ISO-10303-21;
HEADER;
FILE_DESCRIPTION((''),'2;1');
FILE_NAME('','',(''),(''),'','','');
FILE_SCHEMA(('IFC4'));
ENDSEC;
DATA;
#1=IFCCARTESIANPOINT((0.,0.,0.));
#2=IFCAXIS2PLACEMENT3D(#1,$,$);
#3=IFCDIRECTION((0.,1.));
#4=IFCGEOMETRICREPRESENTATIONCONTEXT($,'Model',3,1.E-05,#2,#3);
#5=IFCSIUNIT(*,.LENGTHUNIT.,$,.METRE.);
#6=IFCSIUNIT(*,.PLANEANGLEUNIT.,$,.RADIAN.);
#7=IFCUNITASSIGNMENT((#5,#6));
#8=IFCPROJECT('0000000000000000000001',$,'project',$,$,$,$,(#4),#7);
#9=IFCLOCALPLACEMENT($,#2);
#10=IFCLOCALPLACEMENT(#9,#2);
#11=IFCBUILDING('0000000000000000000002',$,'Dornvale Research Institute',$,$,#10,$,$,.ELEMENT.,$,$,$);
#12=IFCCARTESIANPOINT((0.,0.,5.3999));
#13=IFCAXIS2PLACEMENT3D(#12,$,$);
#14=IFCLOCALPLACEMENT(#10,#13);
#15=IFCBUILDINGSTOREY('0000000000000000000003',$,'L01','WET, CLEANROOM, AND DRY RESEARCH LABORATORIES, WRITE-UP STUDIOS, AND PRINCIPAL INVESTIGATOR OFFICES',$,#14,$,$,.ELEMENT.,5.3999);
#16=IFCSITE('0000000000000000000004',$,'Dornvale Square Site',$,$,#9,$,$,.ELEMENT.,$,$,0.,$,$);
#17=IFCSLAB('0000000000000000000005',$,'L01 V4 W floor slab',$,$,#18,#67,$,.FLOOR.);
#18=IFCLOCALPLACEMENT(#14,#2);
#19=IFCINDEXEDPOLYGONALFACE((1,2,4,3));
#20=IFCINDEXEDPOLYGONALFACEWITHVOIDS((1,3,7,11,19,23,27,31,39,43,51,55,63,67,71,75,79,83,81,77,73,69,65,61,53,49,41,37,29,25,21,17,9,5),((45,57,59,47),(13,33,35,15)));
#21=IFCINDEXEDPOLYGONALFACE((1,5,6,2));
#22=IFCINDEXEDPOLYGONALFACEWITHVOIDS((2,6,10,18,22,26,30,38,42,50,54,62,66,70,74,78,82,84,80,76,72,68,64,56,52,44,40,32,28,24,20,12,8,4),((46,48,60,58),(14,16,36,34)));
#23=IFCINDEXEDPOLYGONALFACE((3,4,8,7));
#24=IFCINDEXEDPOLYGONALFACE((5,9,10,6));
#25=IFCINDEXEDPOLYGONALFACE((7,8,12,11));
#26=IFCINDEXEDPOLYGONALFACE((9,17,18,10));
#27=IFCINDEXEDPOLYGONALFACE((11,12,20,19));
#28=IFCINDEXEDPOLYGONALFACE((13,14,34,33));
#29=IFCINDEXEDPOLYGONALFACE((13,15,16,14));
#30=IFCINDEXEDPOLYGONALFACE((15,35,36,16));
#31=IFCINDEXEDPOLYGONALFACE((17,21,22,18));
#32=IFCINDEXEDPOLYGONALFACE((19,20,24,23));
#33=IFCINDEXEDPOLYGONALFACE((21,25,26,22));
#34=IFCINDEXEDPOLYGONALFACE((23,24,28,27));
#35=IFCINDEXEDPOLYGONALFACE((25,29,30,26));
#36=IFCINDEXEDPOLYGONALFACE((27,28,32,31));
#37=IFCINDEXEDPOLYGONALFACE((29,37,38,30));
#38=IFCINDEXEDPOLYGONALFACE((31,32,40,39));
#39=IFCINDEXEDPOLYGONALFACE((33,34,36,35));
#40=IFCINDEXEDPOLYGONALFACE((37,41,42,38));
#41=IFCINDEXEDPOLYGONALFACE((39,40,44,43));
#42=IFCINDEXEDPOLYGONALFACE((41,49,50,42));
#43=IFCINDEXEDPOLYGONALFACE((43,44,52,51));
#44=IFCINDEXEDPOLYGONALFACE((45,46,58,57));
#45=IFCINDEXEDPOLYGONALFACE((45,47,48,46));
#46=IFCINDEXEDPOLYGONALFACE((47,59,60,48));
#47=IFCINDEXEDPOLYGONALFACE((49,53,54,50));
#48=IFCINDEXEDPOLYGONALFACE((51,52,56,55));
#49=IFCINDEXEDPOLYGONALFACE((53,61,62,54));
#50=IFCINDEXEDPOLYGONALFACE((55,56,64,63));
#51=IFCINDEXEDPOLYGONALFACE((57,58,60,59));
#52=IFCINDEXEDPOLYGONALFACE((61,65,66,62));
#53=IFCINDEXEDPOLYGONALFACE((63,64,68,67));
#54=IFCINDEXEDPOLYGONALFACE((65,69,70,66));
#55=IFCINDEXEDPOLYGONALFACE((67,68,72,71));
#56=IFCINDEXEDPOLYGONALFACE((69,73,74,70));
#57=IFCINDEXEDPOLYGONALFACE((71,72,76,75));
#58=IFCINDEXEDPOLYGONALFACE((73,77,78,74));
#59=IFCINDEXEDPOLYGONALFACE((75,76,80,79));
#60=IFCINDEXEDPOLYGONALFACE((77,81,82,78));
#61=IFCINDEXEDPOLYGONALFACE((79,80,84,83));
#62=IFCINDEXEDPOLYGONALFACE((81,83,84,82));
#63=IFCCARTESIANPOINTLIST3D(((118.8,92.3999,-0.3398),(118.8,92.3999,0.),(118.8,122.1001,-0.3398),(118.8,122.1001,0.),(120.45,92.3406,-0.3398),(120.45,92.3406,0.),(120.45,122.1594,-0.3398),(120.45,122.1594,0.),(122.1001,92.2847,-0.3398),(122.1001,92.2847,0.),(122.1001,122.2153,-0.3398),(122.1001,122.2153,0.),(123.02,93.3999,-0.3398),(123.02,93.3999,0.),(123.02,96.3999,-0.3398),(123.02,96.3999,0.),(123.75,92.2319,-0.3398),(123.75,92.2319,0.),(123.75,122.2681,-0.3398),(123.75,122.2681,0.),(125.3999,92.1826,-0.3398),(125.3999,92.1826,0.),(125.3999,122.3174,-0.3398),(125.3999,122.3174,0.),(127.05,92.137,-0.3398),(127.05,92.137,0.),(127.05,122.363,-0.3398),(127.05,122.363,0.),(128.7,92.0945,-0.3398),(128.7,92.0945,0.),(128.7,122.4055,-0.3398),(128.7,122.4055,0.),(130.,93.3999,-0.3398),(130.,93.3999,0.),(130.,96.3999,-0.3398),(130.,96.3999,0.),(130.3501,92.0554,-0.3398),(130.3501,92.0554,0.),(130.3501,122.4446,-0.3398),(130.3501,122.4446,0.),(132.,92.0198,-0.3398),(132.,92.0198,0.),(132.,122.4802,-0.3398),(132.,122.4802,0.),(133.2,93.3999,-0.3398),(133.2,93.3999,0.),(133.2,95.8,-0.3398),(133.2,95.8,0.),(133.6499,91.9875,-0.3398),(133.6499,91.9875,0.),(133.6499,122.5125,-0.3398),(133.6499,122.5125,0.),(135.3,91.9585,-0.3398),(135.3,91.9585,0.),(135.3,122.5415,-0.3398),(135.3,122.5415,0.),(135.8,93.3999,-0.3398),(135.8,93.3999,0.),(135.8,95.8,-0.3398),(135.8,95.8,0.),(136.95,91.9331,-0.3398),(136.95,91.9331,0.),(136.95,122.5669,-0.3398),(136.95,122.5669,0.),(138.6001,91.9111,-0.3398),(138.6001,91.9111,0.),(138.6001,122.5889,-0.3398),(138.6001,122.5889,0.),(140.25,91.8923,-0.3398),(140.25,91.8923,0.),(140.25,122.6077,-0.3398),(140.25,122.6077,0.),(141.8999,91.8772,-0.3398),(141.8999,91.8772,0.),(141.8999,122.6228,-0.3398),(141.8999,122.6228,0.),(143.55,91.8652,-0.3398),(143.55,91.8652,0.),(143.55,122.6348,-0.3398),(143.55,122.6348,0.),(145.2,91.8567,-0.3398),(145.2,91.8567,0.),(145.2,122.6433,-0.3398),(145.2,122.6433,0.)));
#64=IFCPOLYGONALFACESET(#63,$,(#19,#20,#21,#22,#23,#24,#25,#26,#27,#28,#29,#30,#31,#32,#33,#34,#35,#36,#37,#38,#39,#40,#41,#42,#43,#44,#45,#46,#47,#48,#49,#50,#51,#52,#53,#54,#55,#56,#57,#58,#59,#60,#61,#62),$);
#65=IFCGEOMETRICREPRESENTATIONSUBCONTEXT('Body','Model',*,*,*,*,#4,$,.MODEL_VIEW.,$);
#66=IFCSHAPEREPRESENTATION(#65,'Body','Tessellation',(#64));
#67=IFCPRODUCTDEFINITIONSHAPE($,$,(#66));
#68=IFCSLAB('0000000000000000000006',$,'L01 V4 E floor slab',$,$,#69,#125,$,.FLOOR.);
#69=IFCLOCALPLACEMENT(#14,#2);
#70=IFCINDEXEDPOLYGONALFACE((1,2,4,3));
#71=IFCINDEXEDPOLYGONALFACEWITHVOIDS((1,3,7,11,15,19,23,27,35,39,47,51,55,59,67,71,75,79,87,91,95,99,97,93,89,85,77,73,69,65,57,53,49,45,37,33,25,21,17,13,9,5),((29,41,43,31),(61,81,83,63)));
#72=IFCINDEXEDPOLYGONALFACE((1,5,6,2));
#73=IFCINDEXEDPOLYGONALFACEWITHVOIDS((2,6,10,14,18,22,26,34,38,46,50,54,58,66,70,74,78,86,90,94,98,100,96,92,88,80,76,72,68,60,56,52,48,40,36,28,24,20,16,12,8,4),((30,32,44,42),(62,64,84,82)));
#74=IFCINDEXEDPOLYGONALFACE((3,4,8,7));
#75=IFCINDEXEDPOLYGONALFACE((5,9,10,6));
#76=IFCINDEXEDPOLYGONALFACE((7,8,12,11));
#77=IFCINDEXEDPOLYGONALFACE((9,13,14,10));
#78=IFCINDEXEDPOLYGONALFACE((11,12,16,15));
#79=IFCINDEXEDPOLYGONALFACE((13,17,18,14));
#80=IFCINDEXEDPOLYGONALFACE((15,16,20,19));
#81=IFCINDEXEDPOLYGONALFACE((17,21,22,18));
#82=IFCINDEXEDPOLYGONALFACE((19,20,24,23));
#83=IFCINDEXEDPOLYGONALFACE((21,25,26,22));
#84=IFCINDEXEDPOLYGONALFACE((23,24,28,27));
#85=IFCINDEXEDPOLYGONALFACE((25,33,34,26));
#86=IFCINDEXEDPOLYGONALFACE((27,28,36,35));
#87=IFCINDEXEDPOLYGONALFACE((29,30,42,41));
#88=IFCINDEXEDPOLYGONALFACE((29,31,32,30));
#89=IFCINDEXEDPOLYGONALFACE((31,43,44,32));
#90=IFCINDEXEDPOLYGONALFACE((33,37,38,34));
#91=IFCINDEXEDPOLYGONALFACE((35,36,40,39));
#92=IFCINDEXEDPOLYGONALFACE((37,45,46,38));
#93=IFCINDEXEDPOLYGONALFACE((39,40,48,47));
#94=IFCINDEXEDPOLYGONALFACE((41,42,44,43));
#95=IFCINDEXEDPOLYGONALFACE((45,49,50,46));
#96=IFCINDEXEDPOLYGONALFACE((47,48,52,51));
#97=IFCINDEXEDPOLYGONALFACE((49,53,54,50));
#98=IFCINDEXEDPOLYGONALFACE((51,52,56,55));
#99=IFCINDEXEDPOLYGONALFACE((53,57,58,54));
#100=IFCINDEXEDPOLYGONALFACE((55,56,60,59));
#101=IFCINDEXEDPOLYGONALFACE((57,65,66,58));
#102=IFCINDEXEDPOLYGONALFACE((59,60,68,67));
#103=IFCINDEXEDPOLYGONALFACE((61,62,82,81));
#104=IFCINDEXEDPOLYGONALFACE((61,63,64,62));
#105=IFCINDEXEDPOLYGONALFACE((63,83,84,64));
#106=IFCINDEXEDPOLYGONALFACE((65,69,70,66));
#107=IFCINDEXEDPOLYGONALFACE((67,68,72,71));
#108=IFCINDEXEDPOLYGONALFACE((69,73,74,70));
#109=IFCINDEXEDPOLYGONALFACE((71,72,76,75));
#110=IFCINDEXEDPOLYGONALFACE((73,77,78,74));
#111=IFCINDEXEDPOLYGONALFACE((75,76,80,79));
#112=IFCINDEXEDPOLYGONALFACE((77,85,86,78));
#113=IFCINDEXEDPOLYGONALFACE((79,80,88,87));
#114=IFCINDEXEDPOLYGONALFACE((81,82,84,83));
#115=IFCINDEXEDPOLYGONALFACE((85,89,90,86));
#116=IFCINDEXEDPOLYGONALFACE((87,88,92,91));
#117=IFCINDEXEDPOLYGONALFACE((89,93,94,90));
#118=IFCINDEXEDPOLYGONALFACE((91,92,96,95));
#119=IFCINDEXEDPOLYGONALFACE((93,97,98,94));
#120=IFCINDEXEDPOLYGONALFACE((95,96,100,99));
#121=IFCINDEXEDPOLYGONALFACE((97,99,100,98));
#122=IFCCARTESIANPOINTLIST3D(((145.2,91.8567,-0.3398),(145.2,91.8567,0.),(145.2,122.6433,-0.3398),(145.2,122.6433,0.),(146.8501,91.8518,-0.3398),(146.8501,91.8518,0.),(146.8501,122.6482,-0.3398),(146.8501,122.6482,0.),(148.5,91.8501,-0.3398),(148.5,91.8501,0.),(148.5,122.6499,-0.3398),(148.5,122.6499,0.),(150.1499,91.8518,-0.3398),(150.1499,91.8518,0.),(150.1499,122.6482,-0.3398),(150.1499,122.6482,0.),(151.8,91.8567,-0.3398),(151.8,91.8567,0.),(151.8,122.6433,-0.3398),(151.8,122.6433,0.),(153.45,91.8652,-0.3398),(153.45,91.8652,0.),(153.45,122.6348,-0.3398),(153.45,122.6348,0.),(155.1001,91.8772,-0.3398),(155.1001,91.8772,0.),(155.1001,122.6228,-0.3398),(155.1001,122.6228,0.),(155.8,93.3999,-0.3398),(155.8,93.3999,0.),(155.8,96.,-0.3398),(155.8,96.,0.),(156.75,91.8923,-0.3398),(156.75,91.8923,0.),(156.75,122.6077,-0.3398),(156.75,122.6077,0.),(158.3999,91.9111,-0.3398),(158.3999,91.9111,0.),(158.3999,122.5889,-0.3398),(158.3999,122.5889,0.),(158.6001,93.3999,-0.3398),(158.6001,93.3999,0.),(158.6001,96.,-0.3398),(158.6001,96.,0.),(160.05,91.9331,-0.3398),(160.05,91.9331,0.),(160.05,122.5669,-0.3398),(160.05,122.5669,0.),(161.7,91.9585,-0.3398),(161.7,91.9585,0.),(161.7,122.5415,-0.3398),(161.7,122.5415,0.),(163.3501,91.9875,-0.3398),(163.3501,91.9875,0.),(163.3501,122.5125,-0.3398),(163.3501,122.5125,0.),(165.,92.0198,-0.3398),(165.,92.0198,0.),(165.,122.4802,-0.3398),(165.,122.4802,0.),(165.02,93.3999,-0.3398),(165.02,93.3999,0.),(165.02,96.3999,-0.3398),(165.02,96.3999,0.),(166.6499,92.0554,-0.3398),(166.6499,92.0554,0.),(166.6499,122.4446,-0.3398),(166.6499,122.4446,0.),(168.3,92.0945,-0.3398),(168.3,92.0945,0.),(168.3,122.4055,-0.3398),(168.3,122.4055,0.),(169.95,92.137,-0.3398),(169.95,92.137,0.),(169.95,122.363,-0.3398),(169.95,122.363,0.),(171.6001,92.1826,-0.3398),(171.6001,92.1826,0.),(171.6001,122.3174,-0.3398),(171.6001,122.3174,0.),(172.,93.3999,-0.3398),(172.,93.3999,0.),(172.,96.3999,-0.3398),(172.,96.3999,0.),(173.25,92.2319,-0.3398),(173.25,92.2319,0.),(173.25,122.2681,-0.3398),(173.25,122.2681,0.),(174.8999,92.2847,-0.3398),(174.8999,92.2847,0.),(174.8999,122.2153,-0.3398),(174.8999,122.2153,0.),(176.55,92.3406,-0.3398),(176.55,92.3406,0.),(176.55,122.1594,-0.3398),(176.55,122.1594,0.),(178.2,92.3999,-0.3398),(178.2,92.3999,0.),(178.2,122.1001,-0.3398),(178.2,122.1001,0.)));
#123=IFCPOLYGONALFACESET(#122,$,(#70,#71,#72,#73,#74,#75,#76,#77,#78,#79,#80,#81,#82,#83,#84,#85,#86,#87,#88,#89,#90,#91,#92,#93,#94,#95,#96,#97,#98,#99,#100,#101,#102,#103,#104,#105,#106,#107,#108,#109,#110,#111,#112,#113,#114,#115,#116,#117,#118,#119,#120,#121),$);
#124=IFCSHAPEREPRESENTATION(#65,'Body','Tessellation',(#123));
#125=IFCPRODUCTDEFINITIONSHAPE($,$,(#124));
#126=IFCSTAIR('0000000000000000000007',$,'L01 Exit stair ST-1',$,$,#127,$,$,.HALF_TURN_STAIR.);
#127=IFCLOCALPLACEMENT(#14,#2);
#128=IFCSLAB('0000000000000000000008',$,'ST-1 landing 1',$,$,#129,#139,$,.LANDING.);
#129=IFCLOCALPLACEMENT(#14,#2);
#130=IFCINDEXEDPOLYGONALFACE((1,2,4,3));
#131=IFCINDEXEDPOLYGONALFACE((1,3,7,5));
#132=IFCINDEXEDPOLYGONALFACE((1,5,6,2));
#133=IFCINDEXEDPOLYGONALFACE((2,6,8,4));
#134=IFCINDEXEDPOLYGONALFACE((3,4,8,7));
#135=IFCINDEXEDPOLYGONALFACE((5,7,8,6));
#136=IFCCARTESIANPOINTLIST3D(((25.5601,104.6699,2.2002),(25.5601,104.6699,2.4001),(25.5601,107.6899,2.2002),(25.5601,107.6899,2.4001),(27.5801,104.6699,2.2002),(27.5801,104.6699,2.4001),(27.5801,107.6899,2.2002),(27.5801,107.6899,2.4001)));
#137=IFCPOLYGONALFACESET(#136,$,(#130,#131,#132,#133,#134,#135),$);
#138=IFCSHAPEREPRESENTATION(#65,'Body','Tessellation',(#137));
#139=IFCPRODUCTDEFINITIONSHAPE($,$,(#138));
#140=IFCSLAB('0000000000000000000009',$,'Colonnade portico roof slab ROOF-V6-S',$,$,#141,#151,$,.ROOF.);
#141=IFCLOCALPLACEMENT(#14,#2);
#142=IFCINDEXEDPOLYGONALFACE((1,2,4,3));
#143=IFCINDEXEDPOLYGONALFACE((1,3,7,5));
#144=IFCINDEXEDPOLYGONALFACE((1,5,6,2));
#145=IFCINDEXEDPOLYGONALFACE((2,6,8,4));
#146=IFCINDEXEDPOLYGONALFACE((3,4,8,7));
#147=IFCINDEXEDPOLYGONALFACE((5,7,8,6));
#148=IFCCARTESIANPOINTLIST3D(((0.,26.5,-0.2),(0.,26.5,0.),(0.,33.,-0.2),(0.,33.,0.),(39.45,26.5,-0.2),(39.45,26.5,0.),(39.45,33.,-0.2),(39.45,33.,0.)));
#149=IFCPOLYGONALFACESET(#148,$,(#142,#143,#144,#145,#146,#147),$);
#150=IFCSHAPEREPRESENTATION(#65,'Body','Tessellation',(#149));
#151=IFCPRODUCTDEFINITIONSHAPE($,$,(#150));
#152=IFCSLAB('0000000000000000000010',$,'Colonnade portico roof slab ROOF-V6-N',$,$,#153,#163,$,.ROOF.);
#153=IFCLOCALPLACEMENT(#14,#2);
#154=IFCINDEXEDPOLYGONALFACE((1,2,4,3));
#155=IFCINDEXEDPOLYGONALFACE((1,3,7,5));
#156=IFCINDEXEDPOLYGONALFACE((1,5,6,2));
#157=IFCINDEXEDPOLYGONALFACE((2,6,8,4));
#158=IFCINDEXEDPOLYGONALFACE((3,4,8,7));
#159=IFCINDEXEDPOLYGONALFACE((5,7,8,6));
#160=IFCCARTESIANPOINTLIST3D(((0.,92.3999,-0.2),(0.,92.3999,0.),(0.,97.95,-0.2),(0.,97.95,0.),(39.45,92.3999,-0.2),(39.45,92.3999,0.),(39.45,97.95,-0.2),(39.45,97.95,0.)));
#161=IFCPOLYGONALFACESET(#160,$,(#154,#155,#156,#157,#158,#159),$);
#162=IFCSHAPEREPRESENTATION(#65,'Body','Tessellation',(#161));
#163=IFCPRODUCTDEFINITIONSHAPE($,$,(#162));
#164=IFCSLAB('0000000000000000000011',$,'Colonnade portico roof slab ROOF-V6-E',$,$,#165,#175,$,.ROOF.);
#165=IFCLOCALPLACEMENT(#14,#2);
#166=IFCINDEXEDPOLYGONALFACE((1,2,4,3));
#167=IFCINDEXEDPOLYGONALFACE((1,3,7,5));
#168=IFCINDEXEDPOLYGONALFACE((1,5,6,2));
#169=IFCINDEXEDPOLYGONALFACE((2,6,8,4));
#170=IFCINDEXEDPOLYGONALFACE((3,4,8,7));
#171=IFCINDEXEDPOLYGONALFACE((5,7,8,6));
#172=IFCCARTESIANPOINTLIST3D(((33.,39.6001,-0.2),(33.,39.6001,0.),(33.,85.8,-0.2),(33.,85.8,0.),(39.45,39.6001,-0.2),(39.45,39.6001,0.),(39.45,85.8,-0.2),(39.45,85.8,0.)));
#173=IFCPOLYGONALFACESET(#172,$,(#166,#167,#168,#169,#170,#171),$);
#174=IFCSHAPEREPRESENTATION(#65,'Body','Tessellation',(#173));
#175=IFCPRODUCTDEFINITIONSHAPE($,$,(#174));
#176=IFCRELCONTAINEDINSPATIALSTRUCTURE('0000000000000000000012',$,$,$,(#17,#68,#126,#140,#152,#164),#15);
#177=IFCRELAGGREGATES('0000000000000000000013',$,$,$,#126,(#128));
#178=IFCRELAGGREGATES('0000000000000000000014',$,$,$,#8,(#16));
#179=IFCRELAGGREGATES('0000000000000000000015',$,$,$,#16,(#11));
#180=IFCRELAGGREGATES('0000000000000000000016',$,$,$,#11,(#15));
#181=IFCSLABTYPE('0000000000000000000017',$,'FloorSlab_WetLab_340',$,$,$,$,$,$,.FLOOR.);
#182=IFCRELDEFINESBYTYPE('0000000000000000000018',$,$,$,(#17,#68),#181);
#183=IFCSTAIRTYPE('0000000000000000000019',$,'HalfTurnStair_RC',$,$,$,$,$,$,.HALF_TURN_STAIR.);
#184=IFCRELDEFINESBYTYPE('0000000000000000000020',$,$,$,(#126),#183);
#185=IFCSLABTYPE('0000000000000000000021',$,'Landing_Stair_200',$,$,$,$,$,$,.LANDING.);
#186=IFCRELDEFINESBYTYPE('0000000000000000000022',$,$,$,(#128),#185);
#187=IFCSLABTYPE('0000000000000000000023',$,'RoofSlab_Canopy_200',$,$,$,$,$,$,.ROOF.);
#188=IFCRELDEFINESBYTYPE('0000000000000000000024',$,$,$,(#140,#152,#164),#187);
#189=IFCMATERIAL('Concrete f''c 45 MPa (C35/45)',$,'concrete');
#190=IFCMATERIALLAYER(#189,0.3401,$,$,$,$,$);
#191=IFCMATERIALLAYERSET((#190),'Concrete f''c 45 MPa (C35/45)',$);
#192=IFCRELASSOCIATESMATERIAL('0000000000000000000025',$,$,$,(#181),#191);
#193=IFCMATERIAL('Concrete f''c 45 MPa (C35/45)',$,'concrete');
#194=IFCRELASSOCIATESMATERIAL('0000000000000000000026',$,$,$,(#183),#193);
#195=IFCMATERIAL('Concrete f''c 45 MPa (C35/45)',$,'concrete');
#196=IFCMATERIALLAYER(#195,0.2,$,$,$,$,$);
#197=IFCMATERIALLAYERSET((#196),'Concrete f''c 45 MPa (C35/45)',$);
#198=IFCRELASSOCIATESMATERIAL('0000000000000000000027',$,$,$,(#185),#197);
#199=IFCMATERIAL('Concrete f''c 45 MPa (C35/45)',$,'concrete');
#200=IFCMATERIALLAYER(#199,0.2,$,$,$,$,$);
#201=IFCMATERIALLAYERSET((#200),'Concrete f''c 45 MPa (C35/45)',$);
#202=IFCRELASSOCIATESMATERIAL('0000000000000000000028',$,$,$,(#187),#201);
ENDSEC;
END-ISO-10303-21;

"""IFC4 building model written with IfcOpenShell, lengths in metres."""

from ifc_helpers import new_model, si_unit, direction, frame, origin, place, context, subcontext, project, spatial, polyline, outline, extrude, material, layer, layer_set, type_object, element, aggregate, save


model = new_model("IFC4")

# Units and contexts
model_context = context("Model", 3, precision=1e-05, world=origin(), true_north=direction((0.0, 1.0)))
body_context = subcontext(model_context, "Body", "Model", "MODEL_VIEW")
ifc_project = project(units=[si_unit("LENGTHUNIT", "METRE"), si_unit("PLANEANGLEUNIT", "RADIAN")], contexts=[model_context])

# Site, building, storey
site_placement = place(None, origin())
site = spatial("IfcSite", under=ifc_project, at=site_placement, Name="Dornvale Square Site", CompositionType="ELEMENT", RefElevation=0.0)
building_placement = place(site_placement, origin())
building = spatial("IfcBuilding", under=site, at=building_placement, Name="Dornvale Research Institute", CompositionType="ELEMENT")
storey_placement = place(building_placement, frame((0.0, 0.0, 5.3999)))
storey = spatial("IfcBuildingStorey", under=building, at=storey_placement, Name="L01", Description="WET, CLEANROOM, AND DRY RESEARCH LABORATORIES, WRITE-UP STUDIOS, AND PRINCIPAL INVESTIGATOR OFFICES", CompositionType="ELEMENT", Elevation=5.3999)

# Slabs
ifc_material_1 = material(Name="Concrete f'c 45 MPa (C35/45)", Category="concrete")
ifc_layer_1 = layer(ifc_material_1, 0.3401)
ifc_layer_set_1 = layer_set([ifc_layer_1], Name="Concrete f'c 45 MPa (C35/45)")
slab_type_1 = type_object("IfcSlabType", Name="FloorSlab_WetLab_340", PredefinedType="FLOOR", material=ifc_layer_set_1)
slab_1_placement = place(storey_placement, frame((0.0, 0.0, -0.3398)))
element("IfcSlab", 1, at=slab_1_placement, inside=storey, type_object=slab_type_1, Name="L01 V4 W floor slab", PredefinedType="FLOOR", context=body_context, shape_type="SweptSolid", body=[
    extrude(outline(polyline([(143.55, 91.8652), (141.8999, 91.8772), (140.25, 91.8923), (138.6001, 91.9111), (136.95, 91.9331), (135.3, 91.9585), (133.6499, 91.9875), (132.0, 92.0198), (130.3501, 92.0554), (128.7, 92.0945), (127.05, 92.137), (125.3999, 92.1826), (123.75, 92.2319), (122.1001, 92.2847), (120.45, 92.3406), (118.8, 92.3999), (118.8, 122.1001), (120.45, 122.1594), (122.1001, 122.2153), (123.75, 122.2681), (125.3999, 122.3174), (127.05, 122.363), (128.7, 122.4055), (130.3501, 122.4446), (132.0, 122.4802), (133.6499, 122.5125), (135.3, 122.5415), (136.95, 122.5669), (138.6001, 122.5889), (140.25, 122.6077), (141.8999, 122.6228), (143.55, 122.6348), (145.2, 122.6433), (145.2, 91.8567), (143.55, 91.8652)]), holes=[polyline([(123.02, 93.3999), (130.0, 93.3999), (130.0, 96.3999), (123.02, 96.3999), (123.02, 93.3999)]), polyline([(133.2, 93.3999), (135.8, 93.3999), (135.8, 95.8), (133.2, 95.8), (133.2, 93.3999)])]), origin(), (0.0, 0.0, 1.0), 0.3398),
])
slab_2_placement = place(storey_placement, frame((0.0, 0.0, -0.3398)))
element("IfcSlab", 2, at=slab_2_placement, inside=storey, type_object=slab_type_1, Name="L01 V4 E floor slab", PredefinedType="FLOOR", context=body_context, shape_type="SweptSolid", body=[
    extrude(outline(polyline([(146.8501, 122.6482), (148.5, 122.6499), (150.1499, 122.6482), (151.8, 122.6433), (153.45, 122.6348), (155.1001, 122.6228), (156.75, 122.6077), (158.3999, 122.5889), (160.05, 122.5669), (161.7, 122.5415), (163.3501, 122.5125), (165.0, 122.4802), (166.6499, 122.4446), (168.3, 122.4055), (169.95, 122.363), (171.6001, 122.3174), (173.25, 122.2681), (174.8999, 122.2153), (176.55, 122.1594), (178.2, 122.1001), (178.2, 92.3999), (176.55, 92.3406), (174.8999, 92.2847), (173.25, 92.2319), (171.6001, 92.1826), (169.95, 92.137), (168.3, 92.0945), (166.6499, 92.0554), (165.0, 92.0198), (163.3501, 91.9875), (161.7, 91.9585), (160.05, 91.9331), (158.3999, 91.9111), (156.75, 91.8923), (155.1001, 91.8772), (153.45, 91.8652), (151.8, 91.8567), (150.1499, 91.8518), (148.5, 91.8501), (146.8501, 91.8518), (145.2, 91.8567), (145.2, 122.6433), (146.8501, 122.6482)]), holes=[polyline([(165.02, 93.3999), (172.0, 93.3999), (172.0, 96.3999), (165.02, 96.3999), (165.02, 93.3999)]), polyline([(155.8, 93.3999), (158.6001, 93.3999), (158.6001, 96.0), (155.8, 96.0), (155.8, 93.3999)])]), origin(), (0.0, 0.0, 1.0), 0.3398),
])

# Stair, slab
ifc_material_2 = material(Name="Concrete f'c 45 MPa (C35/45)", Category="concrete")
stair_type = type_object("IfcStairType", Name="HalfTurnStair_RC", PredefinedType="HALF_TURN_STAIR", material=ifc_material_2)
stair_placement = place(storey_placement, origin())
stair = element("IfcStair", 3, at=stair_placement, inside=storey, type_object=stair_type, Name="L01 Exit stair ST-1", PredefinedType="HALF_TURN_STAIR")
ifc_material_3 = material(Name="Concrete f'c 45 MPa (C35/45)", Category="concrete")
ifc_layer_2 = layer(ifc_material_3, 0.2)
ifc_layer_set_2 = layer_set([ifc_layer_2], Name="Concrete f'c 45 MPa (C35/45)")
slab_type_2 = type_object("IfcSlabType", Name="Landing_Stair_200", PredefinedType="LANDING", material=ifc_layer_set_2)
slab_3_placement = place(storey_placement, frame((0.0, 0.0, 2.2002)))
slab_3 = element("IfcSlab", 4, at=slab_3_placement, type_object=slab_type_2, Name="ST-1 landing 1", PredefinedType="LANDING", context=body_context, shape_type="SweptSolid", body=[
    extrude(outline(polyline([(25.5601, 104.6699), (25.5601, 107.6899), (27.5801, 107.6899), (27.5801, 104.6699), (25.5601, 104.6699)])), origin(), (0.0, 0.0, 1.0), 0.2),
])
aggregate(stair, [slab_3])

# Slabs
ifc_material_4 = material(Name="Concrete f'c 45 MPa (C35/45)", Category="concrete")
ifc_layer_3 = layer(ifc_material_4, 0.2)
ifc_layer_set_3 = layer_set([ifc_layer_3], Name="Concrete f'c 45 MPa (C35/45)")
slab_type_3 = type_object("IfcSlabType", Name="RoofSlab_Canopy_200", PredefinedType="ROOF", material=ifc_layer_set_3)
slab_4_placement = place(storey_placement, frame((0.0, 0.0, -0.2)))
element("IfcSlab", 5, at=slab_4_placement, inside=storey, type_object=slab_type_3, Name="Colonnade portico roof slab ROOF-V6-S", PredefinedType="ROOF", context=body_context, shape_type="SweptSolid", body=[
    extrude(outline(polyline([(0.0, 26.5), (39.45, 26.5), (39.45, 33.0), (0.0, 33.0), (0.0, 26.5)])), origin(), (0.0, 0.0, 1.0), 0.2),
])
slab_5_placement = place(storey_placement, frame((0.0, 0.0, -0.2)))
element("IfcSlab", 6, at=slab_5_placement, inside=storey, type_object=slab_type_3, Name="Colonnade portico roof slab ROOF-V6-N", PredefinedType="ROOF", context=body_context, shape_type="SweptSolid", body=[
    extrude(outline(polyline([(0.0, 92.3999), (39.45, 92.3999), (39.45, 97.95), (0.0, 97.95), (0.0, 92.3999)])), origin(), (0.0, 0.0, 1.0), 0.2),
])
slab_6_placement = place(storey_placement, frame((0.0, 0.0, -0.2)))
element("IfcSlab", 7, at=slab_6_placement, inside=storey, type_object=slab_type_3, Name="Colonnade portico roof slab ROOF-V6-E", PredefinedType="ROOF", context=body_context, shape_type="SweptSolid", body=[
    extrude(outline(polyline([(33.0, 39.6001), (39.45, 39.6001), (39.45, 85.8), (33.0, 85.8), (33.0, 39.6001)])), origin(), (0.0, 0.0, 1.0), 0.2),
])

save(model, "model.ifc")
